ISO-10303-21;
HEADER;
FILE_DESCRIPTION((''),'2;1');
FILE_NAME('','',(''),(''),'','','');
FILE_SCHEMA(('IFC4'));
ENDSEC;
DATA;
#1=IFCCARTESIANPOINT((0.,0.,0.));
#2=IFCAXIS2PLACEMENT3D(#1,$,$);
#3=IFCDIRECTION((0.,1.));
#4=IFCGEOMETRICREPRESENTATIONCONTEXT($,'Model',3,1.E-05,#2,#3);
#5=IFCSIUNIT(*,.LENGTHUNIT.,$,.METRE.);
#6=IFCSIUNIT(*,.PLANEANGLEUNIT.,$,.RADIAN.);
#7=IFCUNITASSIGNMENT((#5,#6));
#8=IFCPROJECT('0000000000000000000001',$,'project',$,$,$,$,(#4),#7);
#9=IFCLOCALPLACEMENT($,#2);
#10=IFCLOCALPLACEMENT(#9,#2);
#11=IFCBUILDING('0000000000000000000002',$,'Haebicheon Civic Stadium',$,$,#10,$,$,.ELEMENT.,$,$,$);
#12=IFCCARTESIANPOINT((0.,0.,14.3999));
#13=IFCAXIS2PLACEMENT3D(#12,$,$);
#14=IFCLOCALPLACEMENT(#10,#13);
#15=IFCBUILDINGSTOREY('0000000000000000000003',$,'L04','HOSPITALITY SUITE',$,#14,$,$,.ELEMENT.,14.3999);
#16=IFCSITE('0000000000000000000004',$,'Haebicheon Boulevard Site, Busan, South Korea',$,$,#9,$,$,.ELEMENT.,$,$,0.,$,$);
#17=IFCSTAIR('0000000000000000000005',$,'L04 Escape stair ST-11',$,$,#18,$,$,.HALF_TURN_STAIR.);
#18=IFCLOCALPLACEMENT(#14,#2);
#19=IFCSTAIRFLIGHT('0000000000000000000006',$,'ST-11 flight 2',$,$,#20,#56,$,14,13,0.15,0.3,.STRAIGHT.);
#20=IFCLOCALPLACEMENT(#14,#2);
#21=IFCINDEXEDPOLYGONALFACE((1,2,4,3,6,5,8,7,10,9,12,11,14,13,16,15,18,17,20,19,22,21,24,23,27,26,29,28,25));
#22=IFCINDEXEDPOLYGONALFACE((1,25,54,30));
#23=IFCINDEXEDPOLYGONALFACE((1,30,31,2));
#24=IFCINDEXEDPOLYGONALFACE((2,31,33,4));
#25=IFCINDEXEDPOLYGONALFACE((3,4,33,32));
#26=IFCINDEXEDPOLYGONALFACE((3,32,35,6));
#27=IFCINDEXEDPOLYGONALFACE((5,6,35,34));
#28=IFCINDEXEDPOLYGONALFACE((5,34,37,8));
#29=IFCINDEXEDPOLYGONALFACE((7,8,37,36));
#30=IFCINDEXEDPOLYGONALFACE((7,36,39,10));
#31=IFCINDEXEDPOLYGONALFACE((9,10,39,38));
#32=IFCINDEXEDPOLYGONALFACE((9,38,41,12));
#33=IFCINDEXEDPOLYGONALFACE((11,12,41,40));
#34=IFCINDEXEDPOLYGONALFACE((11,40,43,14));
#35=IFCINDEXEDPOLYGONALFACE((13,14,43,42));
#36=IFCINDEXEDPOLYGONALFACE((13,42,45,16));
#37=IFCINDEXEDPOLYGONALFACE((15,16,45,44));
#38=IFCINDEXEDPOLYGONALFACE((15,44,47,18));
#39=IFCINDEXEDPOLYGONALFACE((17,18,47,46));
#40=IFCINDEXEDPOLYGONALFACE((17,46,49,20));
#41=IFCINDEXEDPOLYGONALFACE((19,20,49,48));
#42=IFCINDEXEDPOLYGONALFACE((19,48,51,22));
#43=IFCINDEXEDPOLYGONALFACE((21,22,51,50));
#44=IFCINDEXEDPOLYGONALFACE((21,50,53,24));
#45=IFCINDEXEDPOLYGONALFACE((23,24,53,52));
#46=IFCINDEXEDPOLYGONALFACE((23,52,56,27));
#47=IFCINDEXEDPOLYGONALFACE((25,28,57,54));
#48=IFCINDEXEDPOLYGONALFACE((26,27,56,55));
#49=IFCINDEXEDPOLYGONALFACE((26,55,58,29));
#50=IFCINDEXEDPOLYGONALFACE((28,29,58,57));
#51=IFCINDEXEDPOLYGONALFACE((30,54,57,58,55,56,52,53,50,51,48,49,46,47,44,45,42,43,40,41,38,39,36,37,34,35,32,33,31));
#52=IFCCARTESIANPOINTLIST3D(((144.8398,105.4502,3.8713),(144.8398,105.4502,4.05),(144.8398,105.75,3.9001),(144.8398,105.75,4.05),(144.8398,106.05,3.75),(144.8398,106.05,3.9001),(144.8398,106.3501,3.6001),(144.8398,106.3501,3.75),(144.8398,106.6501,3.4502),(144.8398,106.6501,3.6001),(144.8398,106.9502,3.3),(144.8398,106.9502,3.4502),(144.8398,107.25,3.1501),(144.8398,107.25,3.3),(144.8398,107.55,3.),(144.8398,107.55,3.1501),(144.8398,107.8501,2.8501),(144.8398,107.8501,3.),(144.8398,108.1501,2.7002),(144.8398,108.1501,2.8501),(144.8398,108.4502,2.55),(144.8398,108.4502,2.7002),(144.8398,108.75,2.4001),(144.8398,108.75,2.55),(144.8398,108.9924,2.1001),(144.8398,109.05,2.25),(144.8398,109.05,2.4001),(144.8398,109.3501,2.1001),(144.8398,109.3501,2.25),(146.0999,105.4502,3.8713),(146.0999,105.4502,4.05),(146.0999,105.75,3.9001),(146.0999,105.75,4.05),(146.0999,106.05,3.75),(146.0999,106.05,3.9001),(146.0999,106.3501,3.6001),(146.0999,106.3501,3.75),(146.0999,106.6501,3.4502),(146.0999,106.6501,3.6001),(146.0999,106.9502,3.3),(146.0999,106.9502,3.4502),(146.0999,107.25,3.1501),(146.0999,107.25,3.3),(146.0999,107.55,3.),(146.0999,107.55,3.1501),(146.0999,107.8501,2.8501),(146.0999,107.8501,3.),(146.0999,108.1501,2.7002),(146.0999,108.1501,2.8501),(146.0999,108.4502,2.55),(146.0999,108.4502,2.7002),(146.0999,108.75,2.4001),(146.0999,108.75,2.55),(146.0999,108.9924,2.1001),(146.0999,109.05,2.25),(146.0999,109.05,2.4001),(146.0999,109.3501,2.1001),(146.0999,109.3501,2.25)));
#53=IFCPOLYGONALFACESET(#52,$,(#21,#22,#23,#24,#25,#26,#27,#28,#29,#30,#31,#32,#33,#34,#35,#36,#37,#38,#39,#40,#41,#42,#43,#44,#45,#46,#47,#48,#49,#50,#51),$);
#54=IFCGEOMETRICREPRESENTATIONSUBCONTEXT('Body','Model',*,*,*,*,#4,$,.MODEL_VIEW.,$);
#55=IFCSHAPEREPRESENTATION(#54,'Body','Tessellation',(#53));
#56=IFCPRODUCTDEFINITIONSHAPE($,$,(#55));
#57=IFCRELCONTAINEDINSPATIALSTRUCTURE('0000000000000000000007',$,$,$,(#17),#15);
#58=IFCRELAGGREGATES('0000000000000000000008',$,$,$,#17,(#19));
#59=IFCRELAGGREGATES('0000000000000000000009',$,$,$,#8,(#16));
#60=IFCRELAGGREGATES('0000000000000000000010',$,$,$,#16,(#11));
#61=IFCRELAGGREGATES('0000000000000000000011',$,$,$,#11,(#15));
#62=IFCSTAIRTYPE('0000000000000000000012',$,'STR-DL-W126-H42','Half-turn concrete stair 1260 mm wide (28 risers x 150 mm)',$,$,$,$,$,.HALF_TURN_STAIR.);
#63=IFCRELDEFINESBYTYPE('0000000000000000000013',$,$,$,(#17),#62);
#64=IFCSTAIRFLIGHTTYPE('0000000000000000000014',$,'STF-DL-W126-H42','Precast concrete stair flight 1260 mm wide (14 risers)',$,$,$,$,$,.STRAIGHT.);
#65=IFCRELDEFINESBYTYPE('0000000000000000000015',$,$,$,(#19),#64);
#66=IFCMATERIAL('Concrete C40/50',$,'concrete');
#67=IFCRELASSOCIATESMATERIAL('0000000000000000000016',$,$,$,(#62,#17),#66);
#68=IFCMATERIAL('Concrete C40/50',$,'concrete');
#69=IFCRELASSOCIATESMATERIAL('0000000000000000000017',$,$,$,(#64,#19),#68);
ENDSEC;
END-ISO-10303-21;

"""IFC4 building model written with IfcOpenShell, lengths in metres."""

from ifc_helpers import new_model, si_unit, direction, frame, origin, place, context, subcontext, project, spatial, polyline, outline, extrude, material, type_object, element, aggregate, save


model = new_model("IFC4")

# Units and contexts
model_context = context("Model", 3, precision=1e-05, world=origin(), true_north=direction((0.0, 1.0)))
body_context = subcontext(model_context, "Body", "Model", "MODEL_VIEW")
ifc_project = project(units=[si_unit("LENGTHUNIT", "METRE"), si_unit("PLANEANGLEUNIT", "RADIAN")], contexts=[model_context])

# Site, building, storey
site_placement = place(None, origin())
site = spatial("IfcSite", under=ifc_project, at=site_placement, Name="Haebicheon Boulevard Site, Busan, South Korea", CompositionType="ELEMENT", RefElevation=0.0)
building_placement = place(site_placement, origin())
building = spatial("IfcBuilding", under=site, at=building_placement, Name="Haebicheon Civic Stadium", CompositionType="ELEMENT")
storey_placement = place(building_placement, frame((0.0, 0.0, 14.3999)))
storey = spatial("IfcBuildingStorey", under=building, at=storey_placement, Name="L04", Description="HOSPITALITY SUITE", CompositionType="ELEMENT", Elevation=14.3999)

# Stair, stair flight
ifc_material_1 = material(Name="Concrete C40/50", Category="concrete")
stair_type = type_object("IfcStairType", Name="STR-DL-W126-H42", Description="Half-turn concrete stair 1260 mm wide (28 risers x 150 mm)", PredefinedType="HALF_TURN_STAIR", material=ifc_material_1)
stair_placement = place(storey_placement, origin())
stair = element("IfcStair", 1, at=stair_placement, inside=storey, type_object=stair_type, material=ifc_material_1, Name="L04 Escape stair ST-11", PredefinedType="HALF_TURN_STAIR")
ifc_material_2 = material(Name="Concrete C40/50", Category="concrete")
stair_flight_type = type_object("IfcStairFlightType", Name="STF-DL-W126-H42", Description="Precast concrete stair flight 1260 mm wide (14 risers)", PredefinedType="STRAIGHT", material=ifc_material_2)
stair_flight_1_placement = place(storey_placement, frame((145.47, 109.3501, 2.1001), z_axis=(0.0, 0.0, 1.0), x_axis=(0.0, -1.0, 0.0)))
stair_flight_1 = element("IfcStairFlight", 2, at=stair_flight_1_placement, type_object=stair_flight_type, material=ifc_material_2, Name="ST-11 flight 2", NumberOfRisers=14, NumberOfTreads=13, PredefinedType="STRAIGHT", RiserHeight=0.15, TreadLength=0.3, context=body_context, shape_type="SweptSolid", body=[
    extrude(outline(polyline([(0.0, 0.0), (0.0, 0.1499), (0.3, 0.1499), (0.3, 0.3), (0.6001, 0.3), (0.6001, 0.45), (0.8999, 0.45), (0.8999, 0.6001), (1.2, 0.6001), (1.2, 0.75), (1.5, 0.75), (1.5, 0.8999), (1.8, 0.8999), (1.8, 1.05), (2.1001, 1.05), (2.1001, 1.2), (2.3999, 1.2), (2.3999, 1.3501), (2.7, 1.3501), (2.7, 1.5), (3.0, 1.5), (3.0, 1.6499), (3.3, 1.6499), (3.3, 1.8), (3.6001, 1.8), (3.6001, 1.95), (3.8999, 1.95), (3.8999, 2.1001), (3.8999, 1.7712), (0.3577, 0.0), (0.0, 0.0)])), frame((0.0, 0.6299, 0.0), z_axis=(0.0, -1.0, 0.0), x_axis=(1.0, 0.0, 0.0)), (0.0, 0.0, 1.0), 1.26),
])
aggregate(stair, [stair_flight_1])

save(model, "model.ifc")
